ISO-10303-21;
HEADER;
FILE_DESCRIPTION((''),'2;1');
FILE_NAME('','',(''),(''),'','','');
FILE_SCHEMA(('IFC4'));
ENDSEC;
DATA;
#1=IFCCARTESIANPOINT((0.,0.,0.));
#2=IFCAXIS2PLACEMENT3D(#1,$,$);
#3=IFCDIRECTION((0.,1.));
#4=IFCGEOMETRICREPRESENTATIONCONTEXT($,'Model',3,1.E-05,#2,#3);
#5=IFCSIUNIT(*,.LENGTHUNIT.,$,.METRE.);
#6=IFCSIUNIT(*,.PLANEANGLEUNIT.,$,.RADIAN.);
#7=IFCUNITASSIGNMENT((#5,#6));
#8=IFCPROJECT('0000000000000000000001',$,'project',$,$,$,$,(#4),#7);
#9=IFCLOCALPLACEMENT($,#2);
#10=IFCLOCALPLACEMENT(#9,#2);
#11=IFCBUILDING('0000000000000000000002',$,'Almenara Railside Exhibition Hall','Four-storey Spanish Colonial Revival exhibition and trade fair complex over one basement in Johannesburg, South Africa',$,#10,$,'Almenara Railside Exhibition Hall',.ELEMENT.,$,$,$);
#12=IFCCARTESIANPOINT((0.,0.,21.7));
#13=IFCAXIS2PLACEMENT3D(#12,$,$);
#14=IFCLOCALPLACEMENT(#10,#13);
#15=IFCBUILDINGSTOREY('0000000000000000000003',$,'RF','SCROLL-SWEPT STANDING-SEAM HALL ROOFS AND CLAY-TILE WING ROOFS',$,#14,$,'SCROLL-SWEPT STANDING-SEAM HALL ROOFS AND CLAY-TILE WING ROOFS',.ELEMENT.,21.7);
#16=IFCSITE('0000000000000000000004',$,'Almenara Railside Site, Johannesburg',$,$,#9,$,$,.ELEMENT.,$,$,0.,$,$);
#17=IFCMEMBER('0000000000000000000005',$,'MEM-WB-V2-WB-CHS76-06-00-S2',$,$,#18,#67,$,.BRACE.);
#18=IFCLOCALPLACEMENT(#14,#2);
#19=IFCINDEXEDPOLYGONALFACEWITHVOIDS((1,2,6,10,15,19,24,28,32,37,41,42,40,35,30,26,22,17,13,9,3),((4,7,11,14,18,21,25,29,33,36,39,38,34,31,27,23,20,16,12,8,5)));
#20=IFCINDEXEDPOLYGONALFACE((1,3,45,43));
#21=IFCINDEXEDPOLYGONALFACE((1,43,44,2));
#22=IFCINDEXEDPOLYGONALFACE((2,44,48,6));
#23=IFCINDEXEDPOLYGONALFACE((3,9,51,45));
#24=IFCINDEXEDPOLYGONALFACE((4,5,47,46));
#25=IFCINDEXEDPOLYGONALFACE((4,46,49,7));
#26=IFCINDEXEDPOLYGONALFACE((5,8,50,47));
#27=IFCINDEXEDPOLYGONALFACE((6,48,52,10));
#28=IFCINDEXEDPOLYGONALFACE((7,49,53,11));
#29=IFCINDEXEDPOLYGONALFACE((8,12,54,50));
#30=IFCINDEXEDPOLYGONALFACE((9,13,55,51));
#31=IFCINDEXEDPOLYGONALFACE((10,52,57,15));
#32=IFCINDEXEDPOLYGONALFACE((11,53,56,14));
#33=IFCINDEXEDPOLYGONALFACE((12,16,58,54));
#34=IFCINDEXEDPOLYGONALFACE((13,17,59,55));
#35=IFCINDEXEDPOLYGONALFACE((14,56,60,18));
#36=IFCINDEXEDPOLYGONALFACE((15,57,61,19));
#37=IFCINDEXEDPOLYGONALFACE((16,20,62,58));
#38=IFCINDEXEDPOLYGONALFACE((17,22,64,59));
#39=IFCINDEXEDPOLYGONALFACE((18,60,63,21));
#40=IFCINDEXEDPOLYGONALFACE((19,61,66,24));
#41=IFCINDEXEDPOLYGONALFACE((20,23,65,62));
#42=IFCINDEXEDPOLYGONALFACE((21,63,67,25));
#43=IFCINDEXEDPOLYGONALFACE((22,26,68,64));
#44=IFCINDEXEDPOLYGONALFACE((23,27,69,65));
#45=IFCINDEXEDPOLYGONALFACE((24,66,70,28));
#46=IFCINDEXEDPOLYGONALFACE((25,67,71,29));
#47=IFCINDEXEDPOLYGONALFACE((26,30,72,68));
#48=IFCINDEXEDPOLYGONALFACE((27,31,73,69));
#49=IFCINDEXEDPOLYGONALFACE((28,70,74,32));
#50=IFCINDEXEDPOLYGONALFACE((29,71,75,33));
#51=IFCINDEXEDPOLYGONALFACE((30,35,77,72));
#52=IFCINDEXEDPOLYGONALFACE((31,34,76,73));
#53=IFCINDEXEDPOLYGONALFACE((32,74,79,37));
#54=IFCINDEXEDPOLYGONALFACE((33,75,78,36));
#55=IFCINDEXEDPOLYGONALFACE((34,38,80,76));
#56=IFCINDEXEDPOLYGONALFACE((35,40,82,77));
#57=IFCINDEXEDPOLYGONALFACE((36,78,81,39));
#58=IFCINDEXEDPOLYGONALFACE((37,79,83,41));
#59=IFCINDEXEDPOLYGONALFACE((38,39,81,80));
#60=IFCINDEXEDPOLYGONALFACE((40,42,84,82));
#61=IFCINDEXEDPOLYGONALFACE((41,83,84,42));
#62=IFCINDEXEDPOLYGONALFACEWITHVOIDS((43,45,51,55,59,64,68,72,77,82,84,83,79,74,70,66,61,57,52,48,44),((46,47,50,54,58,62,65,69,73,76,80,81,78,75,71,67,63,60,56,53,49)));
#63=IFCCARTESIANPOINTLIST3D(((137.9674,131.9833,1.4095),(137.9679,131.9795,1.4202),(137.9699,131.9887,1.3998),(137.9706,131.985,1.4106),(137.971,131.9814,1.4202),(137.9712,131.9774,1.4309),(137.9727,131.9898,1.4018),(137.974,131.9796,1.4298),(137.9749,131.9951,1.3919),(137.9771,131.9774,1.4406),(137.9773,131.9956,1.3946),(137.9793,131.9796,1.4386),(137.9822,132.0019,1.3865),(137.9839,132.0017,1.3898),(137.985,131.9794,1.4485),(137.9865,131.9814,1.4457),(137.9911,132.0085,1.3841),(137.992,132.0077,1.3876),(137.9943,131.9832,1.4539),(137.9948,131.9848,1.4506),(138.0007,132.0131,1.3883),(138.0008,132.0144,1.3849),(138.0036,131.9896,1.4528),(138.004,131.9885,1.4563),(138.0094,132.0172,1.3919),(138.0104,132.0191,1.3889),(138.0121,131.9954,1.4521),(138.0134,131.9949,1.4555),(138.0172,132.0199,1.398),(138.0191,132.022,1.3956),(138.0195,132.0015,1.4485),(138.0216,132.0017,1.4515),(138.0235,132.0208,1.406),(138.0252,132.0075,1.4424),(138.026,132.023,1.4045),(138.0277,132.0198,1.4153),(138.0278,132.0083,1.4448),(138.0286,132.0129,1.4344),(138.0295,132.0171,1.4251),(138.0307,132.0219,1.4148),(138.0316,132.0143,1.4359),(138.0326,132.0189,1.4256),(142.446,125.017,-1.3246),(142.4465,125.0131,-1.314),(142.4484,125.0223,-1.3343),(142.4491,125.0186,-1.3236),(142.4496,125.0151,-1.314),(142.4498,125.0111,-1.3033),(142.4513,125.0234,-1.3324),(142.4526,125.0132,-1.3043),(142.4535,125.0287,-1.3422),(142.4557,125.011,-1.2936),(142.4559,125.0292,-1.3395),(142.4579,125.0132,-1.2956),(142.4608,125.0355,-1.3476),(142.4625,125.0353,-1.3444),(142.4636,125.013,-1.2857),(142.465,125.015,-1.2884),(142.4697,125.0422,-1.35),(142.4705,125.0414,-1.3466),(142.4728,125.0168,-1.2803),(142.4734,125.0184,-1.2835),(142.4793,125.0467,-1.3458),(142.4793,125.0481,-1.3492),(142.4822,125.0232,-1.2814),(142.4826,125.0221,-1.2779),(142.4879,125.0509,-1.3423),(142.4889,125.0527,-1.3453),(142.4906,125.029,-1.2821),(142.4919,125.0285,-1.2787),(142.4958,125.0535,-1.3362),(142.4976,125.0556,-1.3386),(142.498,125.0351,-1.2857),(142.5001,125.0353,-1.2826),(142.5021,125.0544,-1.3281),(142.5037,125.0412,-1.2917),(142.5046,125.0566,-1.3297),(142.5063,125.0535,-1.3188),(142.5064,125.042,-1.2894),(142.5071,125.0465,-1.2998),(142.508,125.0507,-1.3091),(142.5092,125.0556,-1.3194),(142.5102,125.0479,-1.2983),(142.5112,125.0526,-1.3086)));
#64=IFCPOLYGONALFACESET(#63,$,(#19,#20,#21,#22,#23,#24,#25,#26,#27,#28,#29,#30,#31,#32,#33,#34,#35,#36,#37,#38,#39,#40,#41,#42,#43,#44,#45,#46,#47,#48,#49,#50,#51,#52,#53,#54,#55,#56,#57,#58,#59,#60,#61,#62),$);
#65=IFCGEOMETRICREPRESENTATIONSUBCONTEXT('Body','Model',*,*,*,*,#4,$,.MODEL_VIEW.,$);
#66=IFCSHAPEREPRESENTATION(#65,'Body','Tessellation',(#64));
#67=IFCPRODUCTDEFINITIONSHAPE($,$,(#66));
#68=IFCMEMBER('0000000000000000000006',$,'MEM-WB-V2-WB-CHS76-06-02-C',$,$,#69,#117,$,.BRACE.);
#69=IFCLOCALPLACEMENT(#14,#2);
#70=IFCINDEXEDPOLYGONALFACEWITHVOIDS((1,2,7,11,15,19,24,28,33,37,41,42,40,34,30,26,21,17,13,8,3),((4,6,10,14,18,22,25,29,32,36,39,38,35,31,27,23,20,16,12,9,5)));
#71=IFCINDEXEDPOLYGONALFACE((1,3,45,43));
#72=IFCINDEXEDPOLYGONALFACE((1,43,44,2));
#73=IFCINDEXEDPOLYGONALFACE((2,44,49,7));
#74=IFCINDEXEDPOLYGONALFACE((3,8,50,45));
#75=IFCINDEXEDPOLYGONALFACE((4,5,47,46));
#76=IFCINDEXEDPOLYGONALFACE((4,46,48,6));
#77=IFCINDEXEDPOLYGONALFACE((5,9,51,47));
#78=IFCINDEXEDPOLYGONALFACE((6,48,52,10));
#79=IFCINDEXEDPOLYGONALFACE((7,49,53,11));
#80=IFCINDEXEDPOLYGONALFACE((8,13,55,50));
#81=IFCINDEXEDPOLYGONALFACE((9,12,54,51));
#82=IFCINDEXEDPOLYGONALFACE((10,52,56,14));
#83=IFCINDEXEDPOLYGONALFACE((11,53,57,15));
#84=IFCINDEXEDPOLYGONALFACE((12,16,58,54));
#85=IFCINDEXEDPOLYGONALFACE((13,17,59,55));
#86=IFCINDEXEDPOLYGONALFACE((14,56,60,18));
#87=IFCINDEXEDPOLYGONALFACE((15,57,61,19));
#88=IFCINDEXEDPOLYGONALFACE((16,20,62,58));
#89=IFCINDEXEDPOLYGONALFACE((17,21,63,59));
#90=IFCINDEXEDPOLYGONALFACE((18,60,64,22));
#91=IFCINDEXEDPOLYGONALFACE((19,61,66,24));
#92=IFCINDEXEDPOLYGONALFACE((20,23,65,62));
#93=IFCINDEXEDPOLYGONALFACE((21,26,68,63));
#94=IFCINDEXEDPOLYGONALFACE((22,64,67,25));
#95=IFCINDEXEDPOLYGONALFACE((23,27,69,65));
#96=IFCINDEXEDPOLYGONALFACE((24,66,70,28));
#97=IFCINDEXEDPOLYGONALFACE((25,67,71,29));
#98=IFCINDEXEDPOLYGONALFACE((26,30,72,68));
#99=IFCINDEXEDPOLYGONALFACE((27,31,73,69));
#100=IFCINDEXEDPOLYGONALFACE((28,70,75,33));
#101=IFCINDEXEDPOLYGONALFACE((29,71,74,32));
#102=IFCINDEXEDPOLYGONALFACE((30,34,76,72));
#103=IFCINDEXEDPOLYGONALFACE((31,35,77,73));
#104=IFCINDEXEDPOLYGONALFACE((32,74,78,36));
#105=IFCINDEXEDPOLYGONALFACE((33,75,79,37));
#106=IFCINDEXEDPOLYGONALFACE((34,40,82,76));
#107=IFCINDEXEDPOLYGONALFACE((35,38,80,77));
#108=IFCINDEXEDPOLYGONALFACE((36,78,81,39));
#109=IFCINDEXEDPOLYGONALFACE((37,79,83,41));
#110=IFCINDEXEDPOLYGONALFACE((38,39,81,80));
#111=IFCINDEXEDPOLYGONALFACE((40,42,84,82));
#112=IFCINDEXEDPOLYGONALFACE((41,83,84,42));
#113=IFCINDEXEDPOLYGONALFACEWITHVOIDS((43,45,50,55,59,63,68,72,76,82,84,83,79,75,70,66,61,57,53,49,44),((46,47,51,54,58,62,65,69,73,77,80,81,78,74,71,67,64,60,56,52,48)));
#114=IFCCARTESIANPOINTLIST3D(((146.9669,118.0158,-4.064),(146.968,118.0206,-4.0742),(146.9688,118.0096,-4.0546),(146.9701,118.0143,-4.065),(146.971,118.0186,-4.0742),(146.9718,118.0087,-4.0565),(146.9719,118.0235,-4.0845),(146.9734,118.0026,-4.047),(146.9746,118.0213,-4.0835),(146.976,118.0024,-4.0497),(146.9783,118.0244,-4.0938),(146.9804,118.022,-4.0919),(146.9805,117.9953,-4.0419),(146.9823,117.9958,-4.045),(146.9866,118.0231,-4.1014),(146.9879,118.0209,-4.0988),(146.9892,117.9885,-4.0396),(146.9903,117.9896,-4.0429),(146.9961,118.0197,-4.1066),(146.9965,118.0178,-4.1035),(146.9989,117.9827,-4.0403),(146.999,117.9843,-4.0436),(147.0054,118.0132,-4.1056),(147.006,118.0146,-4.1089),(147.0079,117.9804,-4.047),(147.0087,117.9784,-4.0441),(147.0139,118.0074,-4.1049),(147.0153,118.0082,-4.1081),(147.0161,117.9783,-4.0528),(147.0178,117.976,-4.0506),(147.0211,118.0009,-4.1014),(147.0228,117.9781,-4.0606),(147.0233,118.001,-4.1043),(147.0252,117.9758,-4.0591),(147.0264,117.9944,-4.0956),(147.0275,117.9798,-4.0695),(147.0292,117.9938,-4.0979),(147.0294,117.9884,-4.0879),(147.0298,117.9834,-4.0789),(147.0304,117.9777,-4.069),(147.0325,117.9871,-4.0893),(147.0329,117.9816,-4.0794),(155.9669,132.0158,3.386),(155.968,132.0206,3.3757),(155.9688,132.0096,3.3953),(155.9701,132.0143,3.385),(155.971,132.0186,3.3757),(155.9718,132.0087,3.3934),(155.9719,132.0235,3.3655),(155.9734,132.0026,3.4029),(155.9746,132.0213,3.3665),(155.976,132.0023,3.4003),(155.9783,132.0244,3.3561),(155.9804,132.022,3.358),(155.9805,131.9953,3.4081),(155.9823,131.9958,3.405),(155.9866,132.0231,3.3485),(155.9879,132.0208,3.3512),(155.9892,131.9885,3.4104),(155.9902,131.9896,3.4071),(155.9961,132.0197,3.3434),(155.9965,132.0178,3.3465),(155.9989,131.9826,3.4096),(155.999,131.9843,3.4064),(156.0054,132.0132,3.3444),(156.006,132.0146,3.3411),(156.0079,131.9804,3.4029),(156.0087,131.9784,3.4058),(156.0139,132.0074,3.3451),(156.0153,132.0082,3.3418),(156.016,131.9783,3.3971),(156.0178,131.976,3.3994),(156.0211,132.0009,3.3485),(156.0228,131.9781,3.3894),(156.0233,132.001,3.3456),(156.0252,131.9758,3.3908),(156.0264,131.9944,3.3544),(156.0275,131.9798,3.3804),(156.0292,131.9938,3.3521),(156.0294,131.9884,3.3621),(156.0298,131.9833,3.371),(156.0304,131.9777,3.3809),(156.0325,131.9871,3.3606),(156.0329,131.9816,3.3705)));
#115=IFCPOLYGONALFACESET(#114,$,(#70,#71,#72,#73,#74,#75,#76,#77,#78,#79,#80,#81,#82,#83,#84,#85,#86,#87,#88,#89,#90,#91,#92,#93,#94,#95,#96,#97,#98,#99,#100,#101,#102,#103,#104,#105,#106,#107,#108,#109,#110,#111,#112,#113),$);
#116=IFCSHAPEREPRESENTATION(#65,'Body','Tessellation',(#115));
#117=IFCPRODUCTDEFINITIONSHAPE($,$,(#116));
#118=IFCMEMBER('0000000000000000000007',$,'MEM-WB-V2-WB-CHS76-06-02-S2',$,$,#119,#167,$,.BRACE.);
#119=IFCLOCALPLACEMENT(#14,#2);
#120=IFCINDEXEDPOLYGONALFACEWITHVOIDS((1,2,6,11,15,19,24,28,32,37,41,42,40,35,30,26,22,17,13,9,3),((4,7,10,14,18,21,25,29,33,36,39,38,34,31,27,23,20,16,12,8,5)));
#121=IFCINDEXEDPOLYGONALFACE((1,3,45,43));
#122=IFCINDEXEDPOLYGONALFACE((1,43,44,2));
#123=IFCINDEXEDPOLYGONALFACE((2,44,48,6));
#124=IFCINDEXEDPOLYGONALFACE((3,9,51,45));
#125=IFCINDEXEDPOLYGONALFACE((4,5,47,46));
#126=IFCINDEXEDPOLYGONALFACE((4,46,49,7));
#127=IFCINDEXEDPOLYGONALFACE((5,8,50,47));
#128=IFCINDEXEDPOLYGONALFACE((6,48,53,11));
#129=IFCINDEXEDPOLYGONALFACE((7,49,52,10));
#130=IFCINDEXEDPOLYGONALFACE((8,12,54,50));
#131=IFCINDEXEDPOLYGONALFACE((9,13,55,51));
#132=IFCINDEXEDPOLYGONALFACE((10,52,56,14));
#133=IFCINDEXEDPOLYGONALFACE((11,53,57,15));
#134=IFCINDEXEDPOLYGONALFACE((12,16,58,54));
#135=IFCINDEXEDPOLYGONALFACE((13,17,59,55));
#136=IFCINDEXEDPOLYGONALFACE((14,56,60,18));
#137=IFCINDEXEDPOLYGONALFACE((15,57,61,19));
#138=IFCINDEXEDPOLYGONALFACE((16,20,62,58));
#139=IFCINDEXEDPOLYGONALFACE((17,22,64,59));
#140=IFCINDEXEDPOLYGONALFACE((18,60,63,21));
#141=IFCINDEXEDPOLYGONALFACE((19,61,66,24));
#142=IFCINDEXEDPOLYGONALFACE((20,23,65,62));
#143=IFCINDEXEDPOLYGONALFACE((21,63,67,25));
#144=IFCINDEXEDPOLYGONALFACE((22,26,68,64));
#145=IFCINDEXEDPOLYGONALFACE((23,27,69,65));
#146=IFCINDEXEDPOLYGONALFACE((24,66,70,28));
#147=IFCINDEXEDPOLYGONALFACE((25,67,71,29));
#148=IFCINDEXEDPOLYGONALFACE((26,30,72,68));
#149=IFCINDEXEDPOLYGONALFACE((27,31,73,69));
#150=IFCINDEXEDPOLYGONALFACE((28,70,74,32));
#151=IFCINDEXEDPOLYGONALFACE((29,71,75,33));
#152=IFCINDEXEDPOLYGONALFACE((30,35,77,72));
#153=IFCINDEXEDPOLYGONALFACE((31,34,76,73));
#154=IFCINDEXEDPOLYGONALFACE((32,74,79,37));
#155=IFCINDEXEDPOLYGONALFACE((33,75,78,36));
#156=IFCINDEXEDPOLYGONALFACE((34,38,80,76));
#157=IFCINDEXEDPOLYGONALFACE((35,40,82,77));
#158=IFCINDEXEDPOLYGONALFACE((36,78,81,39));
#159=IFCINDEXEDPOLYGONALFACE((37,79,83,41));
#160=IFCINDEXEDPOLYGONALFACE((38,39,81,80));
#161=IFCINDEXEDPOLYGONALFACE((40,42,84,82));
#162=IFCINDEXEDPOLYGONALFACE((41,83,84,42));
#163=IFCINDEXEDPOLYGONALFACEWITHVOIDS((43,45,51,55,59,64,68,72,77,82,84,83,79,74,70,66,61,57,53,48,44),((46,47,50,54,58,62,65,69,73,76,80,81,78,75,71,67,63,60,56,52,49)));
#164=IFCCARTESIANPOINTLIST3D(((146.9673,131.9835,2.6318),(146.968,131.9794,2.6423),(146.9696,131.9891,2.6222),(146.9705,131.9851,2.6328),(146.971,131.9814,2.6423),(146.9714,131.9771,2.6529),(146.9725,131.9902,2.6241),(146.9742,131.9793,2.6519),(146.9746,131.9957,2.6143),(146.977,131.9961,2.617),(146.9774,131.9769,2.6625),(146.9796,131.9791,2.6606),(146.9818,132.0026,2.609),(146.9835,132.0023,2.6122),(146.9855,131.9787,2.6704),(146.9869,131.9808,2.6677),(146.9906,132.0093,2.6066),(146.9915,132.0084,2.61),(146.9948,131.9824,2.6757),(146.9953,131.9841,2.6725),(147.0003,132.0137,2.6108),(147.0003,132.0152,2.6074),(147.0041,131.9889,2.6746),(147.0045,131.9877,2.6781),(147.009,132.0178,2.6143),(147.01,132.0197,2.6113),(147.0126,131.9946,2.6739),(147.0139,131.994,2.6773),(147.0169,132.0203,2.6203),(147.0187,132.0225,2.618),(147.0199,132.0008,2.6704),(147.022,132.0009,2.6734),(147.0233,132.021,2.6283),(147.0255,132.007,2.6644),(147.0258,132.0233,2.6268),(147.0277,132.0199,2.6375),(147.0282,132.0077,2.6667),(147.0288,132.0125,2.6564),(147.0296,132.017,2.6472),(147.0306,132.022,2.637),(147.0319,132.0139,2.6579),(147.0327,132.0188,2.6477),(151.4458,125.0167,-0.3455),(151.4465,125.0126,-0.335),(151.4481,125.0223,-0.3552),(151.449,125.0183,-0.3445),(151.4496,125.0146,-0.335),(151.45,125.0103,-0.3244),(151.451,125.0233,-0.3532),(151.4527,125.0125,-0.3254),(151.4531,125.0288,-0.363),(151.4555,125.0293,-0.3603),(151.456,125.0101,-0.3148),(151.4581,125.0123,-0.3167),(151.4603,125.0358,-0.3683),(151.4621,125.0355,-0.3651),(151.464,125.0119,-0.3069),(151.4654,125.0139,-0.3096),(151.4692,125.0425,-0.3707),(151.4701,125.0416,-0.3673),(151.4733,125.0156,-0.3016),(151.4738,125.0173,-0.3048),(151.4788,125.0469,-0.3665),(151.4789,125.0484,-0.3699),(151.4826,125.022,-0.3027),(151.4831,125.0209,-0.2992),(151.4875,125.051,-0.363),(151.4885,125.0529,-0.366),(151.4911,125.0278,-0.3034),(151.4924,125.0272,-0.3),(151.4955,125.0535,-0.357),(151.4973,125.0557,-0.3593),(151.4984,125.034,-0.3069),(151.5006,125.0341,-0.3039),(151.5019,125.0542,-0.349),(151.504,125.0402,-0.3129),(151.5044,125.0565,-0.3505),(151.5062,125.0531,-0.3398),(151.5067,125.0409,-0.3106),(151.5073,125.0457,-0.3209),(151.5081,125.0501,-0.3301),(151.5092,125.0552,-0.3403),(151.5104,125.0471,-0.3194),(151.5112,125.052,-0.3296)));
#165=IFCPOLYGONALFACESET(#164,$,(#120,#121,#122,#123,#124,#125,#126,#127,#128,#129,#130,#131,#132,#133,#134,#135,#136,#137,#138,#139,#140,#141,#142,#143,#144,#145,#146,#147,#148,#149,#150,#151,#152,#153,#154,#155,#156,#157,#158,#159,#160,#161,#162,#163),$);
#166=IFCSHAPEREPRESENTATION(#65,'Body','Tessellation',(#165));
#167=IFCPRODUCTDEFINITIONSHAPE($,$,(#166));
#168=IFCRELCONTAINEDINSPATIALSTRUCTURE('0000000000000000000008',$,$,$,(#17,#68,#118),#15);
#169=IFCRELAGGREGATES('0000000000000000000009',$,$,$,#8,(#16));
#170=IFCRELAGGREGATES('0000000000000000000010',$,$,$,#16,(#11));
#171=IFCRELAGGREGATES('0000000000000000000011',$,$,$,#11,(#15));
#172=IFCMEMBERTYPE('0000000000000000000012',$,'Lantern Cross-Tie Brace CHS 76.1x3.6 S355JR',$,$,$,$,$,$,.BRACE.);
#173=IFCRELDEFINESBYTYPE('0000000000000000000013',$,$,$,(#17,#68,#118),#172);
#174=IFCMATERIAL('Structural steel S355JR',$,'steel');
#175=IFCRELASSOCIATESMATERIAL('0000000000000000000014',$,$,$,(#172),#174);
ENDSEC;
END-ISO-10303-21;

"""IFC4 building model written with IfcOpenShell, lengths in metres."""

from ifc_helpers import new_model, si_unit, direction, frame, origin, origin_2d, place, context, subcontext, project, spatial, hollow_circle, extrude, material, material_profile, profile_set, type_object, element, save


model = new_model("IFC4")

# Units and contexts
model_context = context("Model", 3, precision=1e-05, world=origin(), true_north=direction((0.0, 1.0)))
body_context = subcontext(model_context, "Body", "Model", "MODEL_VIEW")
ifc_project = project(units=[si_unit("LENGTHUNIT", "METRE"), si_unit("PLANEANGLEUNIT", "RADIAN")], contexts=[model_context])

# Site, building, storey
site_placement = place(None, origin())
site = spatial("IfcSite", under=ifc_project, at=site_placement, Name="Almenara Railside Site, Johannesburg", CompositionType="ELEMENT", RefElevation=0.0)
building_placement = place(site_placement, origin())
building = spatial("IfcBuilding", under=site, at=building_placement, Name="Almenara Railside Exhibition Hall", Description="Four-storey Spanish Colonial Revival exhibition and trade fair complex over one basement in Johannesburg, South Africa", LongName="Almenara Railside Exhibition Hall", CompositionType="ELEMENT")
storey_placement = place(building_placement, frame((0.0, 0.0, 21.7)))
storey = spatial("IfcBuildingStorey", under=building, at=storey_placement, Name="RF", Description="SCROLL-SWEPT STANDING-SEAM HALL ROOFS AND CLAY-TILE WING ROOFS", LongName="SCROLL-SWEPT STANDING-SEAM HALL ROOFS AND CLAY-TILE WING ROOFS", CompositionType="ELEMENT", Elevation=21.7)

# Shared definitions
ifc_material_1 = material(Name="Structural steel S355JR", Category="steel")

# Members
ifc_material_profile_1 = material_profile(ifc_material_1, hollow_circle(Radius=0.0381, WallThickness=0.0037, at=origin_2d()), Name="CHS 76.1x3.6")
ifc_profile_set_1 = profile_set([ifc_material_profile_1], Name="Structural steel S355JR")
member_type_1 = type_object("IfcMemberType", Name="Lantern Cross-Tie Brace CHS 76.1x3.6 S355JR", PredefinedType="BRACE", material=ifc_profile_set_1)
member_1_placement = place(storey_placement, frame((142.4785, 125.0337, -1.314), z_axis=(-0.513511, 0.798765, 0.313498), x_axis=(-0.841169, -0.540772, 0.0)))
element("IfcMember", 1, at=member_1_placement, inside=storey, type_object=member_type_1, Name="MEM-WB-V2-WB-CHS76-06-00-S2", PredefinedType="BRACE", context=body_context, shape_type="SweptSolid", body=[
    extrude(hollow_circle(Radius=0.0381, WallThickness=0.0037, at=origin_2d()), origin(), (0.0, 0.0, 1.0), 8.7214),
])
member_2_placement = place(storey_placement, frame((147.0, 118.0, -4.0742), z_axis=(0.493566, 0.76777, 0.408561), x_axis=(-0.841178, 0.540758, 0.0)))
element("IfcMember", 2, at=member_2_placement, inside=storey, type_object=member_type_1, Name="MEM-WB-V2-WB-CHS76-06-02-C", PredefinedType="BRACE", context=body_context, shape_type="SweptSolid", body=[
    extrude(hollow_circle(Radius=0.0381, WallThickness=0.0037, at=origin_2d()), origin(), (0.0, 0.0, 1.0), 18.2346),
])
member_3_placement = place(storey_placement, frame((151.4785, 125.0332, -0.335), z_axis=(-0.508864, 0.791591, 0.33829), x_axis=(-0.841186, -0.540746, 0.0)))
element("IfcMember", 3, at=member_3_placement, inside=storey, type_object=member_type_1, Name="MEM-WB-V2-WB-CHS76-06-02-S2", PredefinedType="BRACE", context=body_context, shape_type="SweptSolid", body=[
    extrude(hollow_circle(Radius=0.0381, WallThickness=0.0037, at=origin_2d()), origin(), (0.0, 0.0, 1.0), 8.801),
])

save(model, "model.ifc")
